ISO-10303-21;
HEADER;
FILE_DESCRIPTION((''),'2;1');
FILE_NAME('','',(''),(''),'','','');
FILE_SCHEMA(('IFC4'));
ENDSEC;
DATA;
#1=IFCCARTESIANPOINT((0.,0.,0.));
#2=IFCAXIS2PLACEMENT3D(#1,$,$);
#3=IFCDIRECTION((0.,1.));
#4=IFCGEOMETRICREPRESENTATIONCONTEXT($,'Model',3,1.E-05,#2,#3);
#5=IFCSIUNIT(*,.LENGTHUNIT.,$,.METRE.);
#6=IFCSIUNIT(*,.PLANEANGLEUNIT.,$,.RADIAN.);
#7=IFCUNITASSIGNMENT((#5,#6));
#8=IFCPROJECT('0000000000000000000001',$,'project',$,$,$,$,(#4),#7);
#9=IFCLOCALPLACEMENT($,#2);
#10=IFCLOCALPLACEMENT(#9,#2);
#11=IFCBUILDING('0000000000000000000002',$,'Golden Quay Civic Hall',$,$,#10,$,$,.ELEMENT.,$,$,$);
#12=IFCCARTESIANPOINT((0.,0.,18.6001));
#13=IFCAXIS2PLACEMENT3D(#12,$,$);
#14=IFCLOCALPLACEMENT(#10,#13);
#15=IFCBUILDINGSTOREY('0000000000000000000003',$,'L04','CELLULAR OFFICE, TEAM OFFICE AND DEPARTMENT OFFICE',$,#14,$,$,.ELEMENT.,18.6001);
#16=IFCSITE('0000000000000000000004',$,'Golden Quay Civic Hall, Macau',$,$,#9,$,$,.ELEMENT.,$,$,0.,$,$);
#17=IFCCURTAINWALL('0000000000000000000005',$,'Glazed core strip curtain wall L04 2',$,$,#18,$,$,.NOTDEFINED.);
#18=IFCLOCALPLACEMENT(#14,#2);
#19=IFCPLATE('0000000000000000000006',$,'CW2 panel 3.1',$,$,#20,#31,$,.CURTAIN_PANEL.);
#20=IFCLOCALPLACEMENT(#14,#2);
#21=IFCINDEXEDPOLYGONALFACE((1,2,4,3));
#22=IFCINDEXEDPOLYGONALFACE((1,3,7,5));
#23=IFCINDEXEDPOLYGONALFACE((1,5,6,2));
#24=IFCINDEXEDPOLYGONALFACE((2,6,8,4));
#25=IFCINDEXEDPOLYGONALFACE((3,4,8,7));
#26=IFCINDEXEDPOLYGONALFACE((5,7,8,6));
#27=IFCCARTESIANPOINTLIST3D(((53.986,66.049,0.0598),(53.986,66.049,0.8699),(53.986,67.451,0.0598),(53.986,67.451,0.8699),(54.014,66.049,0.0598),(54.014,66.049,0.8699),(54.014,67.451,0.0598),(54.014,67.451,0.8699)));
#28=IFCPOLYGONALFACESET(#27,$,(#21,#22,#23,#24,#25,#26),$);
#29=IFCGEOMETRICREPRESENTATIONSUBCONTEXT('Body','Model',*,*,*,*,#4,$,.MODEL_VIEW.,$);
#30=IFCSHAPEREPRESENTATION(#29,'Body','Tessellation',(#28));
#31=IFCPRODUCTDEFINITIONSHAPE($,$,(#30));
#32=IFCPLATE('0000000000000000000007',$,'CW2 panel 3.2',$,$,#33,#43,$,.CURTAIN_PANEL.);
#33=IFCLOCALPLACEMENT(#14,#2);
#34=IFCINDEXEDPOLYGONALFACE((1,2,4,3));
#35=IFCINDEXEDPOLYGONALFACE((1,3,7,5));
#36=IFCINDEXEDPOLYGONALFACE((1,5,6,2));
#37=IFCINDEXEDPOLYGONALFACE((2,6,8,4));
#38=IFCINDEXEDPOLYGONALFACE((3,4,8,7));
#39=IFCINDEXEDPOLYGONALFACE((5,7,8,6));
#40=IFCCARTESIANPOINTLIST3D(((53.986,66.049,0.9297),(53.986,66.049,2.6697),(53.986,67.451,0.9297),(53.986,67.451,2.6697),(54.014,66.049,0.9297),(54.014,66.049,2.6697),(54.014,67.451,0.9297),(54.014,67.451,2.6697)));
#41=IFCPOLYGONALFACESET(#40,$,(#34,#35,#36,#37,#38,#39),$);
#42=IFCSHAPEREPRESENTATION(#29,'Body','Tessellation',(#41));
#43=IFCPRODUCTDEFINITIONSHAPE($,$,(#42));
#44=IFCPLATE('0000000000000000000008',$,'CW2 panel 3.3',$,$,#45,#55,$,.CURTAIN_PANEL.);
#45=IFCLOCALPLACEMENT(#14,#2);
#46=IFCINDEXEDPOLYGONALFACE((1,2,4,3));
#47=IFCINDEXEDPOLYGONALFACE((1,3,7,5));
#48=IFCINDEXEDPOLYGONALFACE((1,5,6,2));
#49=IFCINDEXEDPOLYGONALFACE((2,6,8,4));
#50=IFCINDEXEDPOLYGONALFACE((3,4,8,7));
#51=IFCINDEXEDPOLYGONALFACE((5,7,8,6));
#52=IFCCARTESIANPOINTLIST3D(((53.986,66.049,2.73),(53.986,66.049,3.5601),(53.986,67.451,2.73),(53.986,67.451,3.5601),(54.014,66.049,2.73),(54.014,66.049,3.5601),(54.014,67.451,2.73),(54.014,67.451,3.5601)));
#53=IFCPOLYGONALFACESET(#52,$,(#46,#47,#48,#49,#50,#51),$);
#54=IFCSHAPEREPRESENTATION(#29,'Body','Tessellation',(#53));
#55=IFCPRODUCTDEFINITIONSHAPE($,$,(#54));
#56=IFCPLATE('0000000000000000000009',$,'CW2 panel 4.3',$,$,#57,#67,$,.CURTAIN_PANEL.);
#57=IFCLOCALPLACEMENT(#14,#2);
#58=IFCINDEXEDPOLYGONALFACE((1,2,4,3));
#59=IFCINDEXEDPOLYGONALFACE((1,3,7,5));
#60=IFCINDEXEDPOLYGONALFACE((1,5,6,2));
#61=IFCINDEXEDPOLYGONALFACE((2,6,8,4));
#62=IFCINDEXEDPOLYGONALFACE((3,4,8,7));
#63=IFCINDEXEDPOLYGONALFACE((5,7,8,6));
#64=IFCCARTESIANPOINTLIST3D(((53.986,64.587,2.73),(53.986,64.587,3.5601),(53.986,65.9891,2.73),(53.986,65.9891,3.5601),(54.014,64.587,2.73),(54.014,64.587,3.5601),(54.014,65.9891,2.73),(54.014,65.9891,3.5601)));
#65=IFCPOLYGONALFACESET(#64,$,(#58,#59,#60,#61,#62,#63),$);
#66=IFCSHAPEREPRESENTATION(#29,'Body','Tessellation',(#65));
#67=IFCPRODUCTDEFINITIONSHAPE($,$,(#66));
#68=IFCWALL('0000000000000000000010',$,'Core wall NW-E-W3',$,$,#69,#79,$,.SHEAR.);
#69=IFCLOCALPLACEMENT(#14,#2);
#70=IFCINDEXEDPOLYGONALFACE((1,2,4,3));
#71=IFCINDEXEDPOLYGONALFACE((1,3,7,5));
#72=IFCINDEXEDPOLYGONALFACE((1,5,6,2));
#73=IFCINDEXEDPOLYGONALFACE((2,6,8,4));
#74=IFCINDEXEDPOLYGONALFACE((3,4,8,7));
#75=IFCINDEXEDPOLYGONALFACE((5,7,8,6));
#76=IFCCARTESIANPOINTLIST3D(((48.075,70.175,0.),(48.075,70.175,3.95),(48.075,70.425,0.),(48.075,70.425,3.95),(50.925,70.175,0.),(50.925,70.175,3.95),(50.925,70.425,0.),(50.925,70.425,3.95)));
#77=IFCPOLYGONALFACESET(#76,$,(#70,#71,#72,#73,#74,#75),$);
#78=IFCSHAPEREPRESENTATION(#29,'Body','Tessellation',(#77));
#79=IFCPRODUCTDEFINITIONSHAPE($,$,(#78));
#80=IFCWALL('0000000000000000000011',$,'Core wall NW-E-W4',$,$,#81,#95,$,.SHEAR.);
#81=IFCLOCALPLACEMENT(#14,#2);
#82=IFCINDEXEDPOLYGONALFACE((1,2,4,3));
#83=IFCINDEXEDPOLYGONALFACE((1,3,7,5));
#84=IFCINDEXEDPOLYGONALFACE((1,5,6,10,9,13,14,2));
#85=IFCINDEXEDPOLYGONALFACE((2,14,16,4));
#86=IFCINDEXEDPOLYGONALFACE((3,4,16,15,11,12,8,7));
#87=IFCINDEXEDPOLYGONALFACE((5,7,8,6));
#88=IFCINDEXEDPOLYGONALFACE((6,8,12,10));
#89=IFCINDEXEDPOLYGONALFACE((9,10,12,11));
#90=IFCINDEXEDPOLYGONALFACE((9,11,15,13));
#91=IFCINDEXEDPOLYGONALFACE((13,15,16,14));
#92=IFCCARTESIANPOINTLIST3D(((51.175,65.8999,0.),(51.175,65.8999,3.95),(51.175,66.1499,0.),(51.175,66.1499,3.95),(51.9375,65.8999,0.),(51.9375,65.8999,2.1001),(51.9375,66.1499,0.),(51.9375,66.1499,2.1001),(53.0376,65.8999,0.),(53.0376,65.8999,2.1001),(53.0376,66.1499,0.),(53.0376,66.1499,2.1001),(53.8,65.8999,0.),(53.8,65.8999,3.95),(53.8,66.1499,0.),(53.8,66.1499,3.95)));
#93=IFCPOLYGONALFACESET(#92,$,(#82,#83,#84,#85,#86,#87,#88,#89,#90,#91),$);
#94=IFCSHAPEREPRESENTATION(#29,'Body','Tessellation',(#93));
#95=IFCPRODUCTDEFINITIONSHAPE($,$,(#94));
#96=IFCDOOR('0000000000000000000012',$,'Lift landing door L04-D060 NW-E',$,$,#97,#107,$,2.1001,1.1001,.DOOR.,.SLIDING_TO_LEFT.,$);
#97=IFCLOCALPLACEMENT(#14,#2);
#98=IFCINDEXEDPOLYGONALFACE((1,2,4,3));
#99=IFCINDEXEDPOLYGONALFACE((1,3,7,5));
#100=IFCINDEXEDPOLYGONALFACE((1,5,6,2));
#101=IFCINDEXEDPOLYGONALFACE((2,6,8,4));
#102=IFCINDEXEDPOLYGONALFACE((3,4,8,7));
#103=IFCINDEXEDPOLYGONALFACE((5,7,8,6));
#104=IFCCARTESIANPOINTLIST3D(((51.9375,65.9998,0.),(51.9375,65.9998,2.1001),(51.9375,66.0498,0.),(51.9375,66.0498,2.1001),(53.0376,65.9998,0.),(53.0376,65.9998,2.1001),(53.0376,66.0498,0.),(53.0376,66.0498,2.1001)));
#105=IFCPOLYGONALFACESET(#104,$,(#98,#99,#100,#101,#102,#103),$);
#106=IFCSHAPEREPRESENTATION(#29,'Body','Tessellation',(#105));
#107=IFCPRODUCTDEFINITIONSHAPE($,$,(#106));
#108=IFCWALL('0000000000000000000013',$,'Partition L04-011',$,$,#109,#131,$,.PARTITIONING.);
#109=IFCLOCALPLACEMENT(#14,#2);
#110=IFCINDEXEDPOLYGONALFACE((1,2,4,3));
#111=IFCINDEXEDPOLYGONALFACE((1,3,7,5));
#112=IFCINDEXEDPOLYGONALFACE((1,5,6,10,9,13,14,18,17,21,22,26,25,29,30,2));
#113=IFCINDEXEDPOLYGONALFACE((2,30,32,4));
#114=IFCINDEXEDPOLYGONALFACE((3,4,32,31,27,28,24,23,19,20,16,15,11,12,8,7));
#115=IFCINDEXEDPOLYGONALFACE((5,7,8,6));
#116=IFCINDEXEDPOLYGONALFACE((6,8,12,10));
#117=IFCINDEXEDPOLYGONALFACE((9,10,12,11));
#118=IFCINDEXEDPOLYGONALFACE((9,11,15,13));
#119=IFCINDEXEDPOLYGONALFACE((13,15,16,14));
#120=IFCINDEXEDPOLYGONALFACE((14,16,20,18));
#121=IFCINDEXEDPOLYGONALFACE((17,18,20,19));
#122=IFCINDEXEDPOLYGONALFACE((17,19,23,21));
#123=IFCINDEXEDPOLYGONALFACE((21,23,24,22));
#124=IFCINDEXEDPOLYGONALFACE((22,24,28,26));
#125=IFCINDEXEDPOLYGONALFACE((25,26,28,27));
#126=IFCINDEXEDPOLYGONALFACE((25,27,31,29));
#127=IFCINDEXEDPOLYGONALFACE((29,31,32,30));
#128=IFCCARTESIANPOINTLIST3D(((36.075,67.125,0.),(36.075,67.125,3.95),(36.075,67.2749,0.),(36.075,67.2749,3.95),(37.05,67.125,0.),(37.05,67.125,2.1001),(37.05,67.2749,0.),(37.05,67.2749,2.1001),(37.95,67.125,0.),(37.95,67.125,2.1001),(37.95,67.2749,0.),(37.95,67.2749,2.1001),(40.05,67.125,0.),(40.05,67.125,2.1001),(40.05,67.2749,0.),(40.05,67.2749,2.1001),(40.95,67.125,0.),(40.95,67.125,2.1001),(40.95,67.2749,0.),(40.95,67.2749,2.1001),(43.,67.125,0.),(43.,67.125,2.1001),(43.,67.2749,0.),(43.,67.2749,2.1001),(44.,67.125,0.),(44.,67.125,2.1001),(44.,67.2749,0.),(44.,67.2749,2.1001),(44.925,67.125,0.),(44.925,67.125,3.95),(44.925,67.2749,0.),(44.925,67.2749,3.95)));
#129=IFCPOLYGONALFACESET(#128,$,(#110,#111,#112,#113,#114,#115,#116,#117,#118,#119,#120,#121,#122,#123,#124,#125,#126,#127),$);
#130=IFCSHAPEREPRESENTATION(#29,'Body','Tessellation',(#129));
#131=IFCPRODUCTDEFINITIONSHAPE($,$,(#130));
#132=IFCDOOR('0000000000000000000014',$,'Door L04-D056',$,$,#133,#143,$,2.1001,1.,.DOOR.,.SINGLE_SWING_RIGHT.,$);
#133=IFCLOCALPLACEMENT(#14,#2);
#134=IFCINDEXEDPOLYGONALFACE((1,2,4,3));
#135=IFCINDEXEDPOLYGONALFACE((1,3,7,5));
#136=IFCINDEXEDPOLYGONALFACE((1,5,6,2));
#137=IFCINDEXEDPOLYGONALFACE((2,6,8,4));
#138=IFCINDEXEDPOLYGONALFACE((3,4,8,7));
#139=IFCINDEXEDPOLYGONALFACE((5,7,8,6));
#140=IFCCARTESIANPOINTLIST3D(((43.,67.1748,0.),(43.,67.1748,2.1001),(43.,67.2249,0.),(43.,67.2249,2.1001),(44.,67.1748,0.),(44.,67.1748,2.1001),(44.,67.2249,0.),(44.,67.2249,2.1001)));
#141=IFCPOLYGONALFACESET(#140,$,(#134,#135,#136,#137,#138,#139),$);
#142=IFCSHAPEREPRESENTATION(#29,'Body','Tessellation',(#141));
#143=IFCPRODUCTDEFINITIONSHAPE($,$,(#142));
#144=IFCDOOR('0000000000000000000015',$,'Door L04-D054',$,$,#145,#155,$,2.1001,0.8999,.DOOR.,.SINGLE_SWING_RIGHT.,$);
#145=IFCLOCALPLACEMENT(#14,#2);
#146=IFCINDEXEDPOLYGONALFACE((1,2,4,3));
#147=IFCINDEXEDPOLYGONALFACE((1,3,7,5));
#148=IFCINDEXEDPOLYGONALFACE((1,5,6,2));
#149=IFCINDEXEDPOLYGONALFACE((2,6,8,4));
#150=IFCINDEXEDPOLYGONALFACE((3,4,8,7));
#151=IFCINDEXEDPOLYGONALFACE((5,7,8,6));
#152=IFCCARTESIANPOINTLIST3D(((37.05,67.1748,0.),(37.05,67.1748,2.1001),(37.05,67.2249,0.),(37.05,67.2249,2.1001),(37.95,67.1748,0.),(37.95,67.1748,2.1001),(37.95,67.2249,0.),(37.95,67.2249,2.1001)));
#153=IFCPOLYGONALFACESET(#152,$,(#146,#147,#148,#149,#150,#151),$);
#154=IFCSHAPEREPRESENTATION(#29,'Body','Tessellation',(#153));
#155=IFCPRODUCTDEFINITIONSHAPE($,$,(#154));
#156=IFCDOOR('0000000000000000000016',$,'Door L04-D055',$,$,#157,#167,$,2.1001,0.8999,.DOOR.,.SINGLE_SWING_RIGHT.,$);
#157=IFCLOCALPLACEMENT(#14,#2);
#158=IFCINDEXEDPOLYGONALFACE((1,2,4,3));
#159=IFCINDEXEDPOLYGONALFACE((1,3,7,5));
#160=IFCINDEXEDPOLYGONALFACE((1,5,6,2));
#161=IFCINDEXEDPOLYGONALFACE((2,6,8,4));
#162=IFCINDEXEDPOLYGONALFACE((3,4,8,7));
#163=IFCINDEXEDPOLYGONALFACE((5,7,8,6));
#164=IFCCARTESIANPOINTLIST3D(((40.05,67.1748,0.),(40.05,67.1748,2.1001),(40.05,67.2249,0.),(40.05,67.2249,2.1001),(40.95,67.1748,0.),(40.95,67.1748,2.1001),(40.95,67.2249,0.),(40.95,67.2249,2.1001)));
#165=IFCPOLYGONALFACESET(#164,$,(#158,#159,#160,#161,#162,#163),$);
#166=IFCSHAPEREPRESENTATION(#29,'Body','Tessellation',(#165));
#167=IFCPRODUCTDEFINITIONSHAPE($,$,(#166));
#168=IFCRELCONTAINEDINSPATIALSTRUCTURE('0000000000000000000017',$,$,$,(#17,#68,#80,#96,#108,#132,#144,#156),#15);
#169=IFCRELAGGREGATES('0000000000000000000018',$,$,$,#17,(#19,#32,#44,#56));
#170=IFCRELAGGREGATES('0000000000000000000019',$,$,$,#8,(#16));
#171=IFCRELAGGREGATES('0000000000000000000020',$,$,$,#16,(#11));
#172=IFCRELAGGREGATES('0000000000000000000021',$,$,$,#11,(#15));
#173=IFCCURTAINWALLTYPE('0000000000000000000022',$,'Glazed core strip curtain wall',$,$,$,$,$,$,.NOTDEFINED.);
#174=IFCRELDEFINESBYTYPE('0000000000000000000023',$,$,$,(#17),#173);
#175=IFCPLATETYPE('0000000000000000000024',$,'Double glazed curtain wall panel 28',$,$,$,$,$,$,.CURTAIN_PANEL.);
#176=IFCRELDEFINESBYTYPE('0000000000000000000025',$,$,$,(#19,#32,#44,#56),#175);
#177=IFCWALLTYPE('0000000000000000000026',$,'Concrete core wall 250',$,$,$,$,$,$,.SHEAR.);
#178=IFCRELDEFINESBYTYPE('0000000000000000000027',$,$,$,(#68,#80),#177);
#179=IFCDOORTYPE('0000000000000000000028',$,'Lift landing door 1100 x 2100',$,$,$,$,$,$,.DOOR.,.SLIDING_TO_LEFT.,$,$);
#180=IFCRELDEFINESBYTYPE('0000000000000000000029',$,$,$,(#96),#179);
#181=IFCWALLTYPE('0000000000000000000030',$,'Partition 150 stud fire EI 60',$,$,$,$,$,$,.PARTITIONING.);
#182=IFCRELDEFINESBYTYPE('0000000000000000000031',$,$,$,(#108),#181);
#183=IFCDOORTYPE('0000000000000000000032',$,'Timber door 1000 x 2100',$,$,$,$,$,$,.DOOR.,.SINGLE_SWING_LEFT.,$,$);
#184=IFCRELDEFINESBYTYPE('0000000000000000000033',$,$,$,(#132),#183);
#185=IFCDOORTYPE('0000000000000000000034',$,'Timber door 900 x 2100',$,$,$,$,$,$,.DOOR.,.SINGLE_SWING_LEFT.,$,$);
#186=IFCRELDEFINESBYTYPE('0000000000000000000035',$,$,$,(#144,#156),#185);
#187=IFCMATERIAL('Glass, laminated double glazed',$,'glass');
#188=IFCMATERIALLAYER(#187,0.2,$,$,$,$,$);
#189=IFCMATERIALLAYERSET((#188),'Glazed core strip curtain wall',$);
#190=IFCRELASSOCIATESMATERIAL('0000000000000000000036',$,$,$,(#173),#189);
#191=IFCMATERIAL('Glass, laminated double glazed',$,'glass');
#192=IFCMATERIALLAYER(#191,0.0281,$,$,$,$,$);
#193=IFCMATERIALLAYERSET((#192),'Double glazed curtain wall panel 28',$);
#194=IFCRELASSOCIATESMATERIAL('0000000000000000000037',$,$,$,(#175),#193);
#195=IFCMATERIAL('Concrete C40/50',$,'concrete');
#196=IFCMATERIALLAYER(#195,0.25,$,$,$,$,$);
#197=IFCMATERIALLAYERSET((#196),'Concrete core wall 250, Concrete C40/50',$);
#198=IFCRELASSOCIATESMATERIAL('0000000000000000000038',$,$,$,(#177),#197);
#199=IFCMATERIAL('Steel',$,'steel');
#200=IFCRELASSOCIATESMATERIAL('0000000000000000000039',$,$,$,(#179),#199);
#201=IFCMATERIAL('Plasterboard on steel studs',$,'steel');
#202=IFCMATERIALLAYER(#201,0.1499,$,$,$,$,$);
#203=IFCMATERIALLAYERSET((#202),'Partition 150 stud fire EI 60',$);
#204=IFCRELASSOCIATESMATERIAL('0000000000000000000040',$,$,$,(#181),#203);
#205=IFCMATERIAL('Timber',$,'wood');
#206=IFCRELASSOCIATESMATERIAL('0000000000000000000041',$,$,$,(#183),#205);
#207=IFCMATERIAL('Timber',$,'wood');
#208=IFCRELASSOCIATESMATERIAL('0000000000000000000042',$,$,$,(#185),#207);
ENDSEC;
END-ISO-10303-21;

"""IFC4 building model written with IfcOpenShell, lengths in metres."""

from ifc_helpers import new_model, si_unit, direction, frame, frame_2d, origin, origin_2d, place, context, subcontext, project, spatial, rectangle, extrude, material, layer, layer_set, type_object, element, fill, aggregate, save


model = new_model("IFC4")

# Units and contexts
model_context = context("Model", 3, precision=1e-05, world=origin(), true_north=direction((0.0, 1.0)))
body_context = subcontext(model_context, "Body", "Model", "MODEL_VIEW")
ifc_project = project(units=[si_unit("LENGTHUNIT", "METRE"), si_unit("PLANEANGLEUNIT", "RADIAN")], contexts=[model_context])

# Site, building, storey
site_placement = place(None, origin())
site = spatial("IfcSite", under=ifc_project, at=site_placement, Name="Golden Quay Civic Hall, Macau", CompositionType="ELEMENT", RefElevation=0.0)
building_placement = place(site_placement, origin())
building = spatial("IfcBuilding", under=site, at=building_placement, Name="Golden Quay Civic Hall", CompositionType="ELEMENT")
storey_placement = place(building_placement, frame((0.0, 0.0, 18.6001)))
storey = spatial("IfcBuildingStorey", under=building, at=storey_placement, Name="L04", Description="CELLULAR OFFICE, TEAM OFFICE AND DEPARTMENT OFFICE", CompositionType="ELEMENT", Elevation=18.6001)

# Curtain wall
ifc_material_1 = material(Name="Glass, laminated double glazed", Category="glass")
ifc_layer_1 = layer(ifc_material_1, 0.2)
ifc_layer_set_1 = layer_set([ifc_layer_1], Name="Glazed core strip curtain wall")
curtain_wall_type = type_object("IfcCurtainWallType", Name="Glazed core strip curtain wall", PredefinedType="NOTDEFINED", material=ifc_layer_set_1)
curtain_wall_placement = place(storey_placement, origin())
curtain_wall = element("IfcCurtainWall", 1, at=curtain_wall_placement, inside=storey, type_object=curtain_wall_type, Name="Glazed core strip curtain wall L04 2", PredefinedType="NOTDEFINED")

# Plates
ifc_material_2 = material(Name="Glass, laminated double glazed", Category="glass")
ifc_layer_2 = layer(ifc_material_2, 0.0281)
ifc_layer_set_2 = layer_set([ifc_layer_2], Name="Double glazed curtain wall panel 28")
plate_type = type_object("IfcPlateType", Name="Double glazed curtain wall panel 28", PredefinedType="CURTAIN_PANEL", material=ifc_layer_set_2)
plate_1_placement = place(storey_placement, frame((54.0, 66.75, 0.0598), z_axis=(0.0, 0.0, 1.0), x_axis=(0.0, -1.0, 0.0)))
plate_1 = element("IfcPlate", 2, at=plate_1_placement, type_object=plate_type, Name="CW2 panel 3.1", PredefinedType="CURTAIN_PANEL", context=body_context, shape_type="SweptSolid", body=[
    extrude(rectangle(XDim=1.4021, YDim=0.0281, at=origin_2d()), origin(), (0.0, 0.0, 1.0), 0.8101),
])
plate_2_placement = place(storey_placement, frame((54.0, 66.75, 0.9297), z_axis=(0.0, 0.0, 1.0), x_axis=(0.0, -1.0, 0.0)))
plate_2 = element("IfcPlate", 3, at=plate_2_placement, type_object=plate_type, Name="CW2 panel 3.2", PredefinedType="CURTAIN_PANEL", context=body_context, shape_type="SweptSolid", body=[
    extrude(rectangle(XDim=1.4021, YDim=0.0281, at=origin_2d()), origin(), (0.0, 0.0, 1.0), 1.74),
])
plate_3_placement = place(storey_placement, frame((54.0, 66.75, 2.73), z_axis=(0.0, 0.0, 1.0), x_axis=(0.0, -1.0, 0.0)))
plate_3 = element("IfcPlate", 4, at=plate_3_placement, type_object=plate_type, Name="CW2 panel 3.3", PredefinedType="CURTAIN_PANEL", context=body_context, shape_type="SweptSolid", body=[
    extrude(rectangle(XDim=1.4021, YDim=0.0281, at=origin_2d()), origin(), (0.0, 0.0, 1.0), 0.8301),
])
plate_4_placement = place(storey_placement, frame((54.0, 65.2881, 2.73), z_axis=(0.0, 0.0, 1.0), x_axis=(0.0, -1.0, 0.0)))
plate_4 = element("IfcPlate", 5, at=plate_4_placement, type_object=plate_type, Name="CW2 panel 4.3", PredefinedType="CURTAIN_PANEL", context=body_context, shape_type="SweptSolid", body=[
    extrude(rectangle(XDim=1.4021, YDim=0.0281, at=origin_2d()), origin(), (0.0, 0.0, 1.0), 0.8301),
])
aggregate(curtain_wall, [plate_1, plate_2, plate_3, plate_4])

# Wall
ifc_material_3 = material(Name="Concrete C40/50", Category="concrete")
ifc_layer_3 = layer(ifc_material_3, 0.25)
ifc_layer_set_3 = layer_set([ifc_layer_3], Name="Concrete core wall 250, Concrete C40/50")
wall_type_1 = type_object("IfcWallType", Name="Concrete core wall 250", PredefinedType="SHEAR", material=ifc_layer_set_3)
wall_1_placement = place(storey_placement, frame((48.075, 70.3, 0.0), z_axis=(0.0, 0.0, 1.0), x_axis=(1.0, 0.0, 0.0)))
element("IfcWall", 6, at=wall_1_placement, inside=storey, type_object=wall_type_1, Name="Core wall NW-E-W3", PredefinedType="SHEAR", context=body_context, shape_type="SweptSolid", body=[
    extrude(rectangle(XDim=2.8501, YDim=0.25, at=frame_2d((1.425, 0.0))), origin(), (0.0, 0.0, 1.0), 3.95),
])

# Wall, opening, door
wall_2_placement = place(storey_placement, frame((51.175, 66.0249, 0.0), z_axis=(0.0, 0.0, 1.0), x_axis=(1.0, 0.0, 0.0)))
wall_2 = element("IfcWall", 7, at=wall_2_placement, inside=storey, type_object=wall_type_1, Name="Core wall NW-E-W4", PredefinedType="SHEAR", context=body_context, shape_type="SweptSolid", body=[
    extrude(rectangle(XDim=2.625, YDim=0.25, at=frame_2d((1.3125, 0.0))), origin(), (0.0, 0.0, 1.0), 3.95),
])
opening_1_placement = place(wall_2_placement, frame((0.7625, 0.0, 0.0)))
opening_1 = element("IfcOpeningElement", 8, at=opening_1_placement, cuts=wall_2, PredefinedType="OPENING", context=body_context, shape_type="SweptSolid", body=[
    extrude(rectangle(XDim=1.1001, YDim=2.1001, at=frame_2d((0.55, 1.05))), frame((0.0, 0.135, 0.0), z_axis=(0.0, -1.0, 0.0), x_axis=(1.0, 0.0, 0.0)), (0.0, 0.0, 1.0), 0.27),
])
ifc_material_4 = material(Name="Steel", Category="steel")
door_type_1 = type_object("IfcDoorType", Name="Lift landing door 1100 x 2100", OperationType="SLIDING_TO_LEFT", PredefinedType="DOOR", material=ifc_material_4)
door_1_placement = place(opening_1_placement, origin())
door_1 = element("IfcDoor", 9, at=door_1_placement, inside=storey, type_object=door_type_1, Name="Lift landing door L04-D060 NW-E", OperationType="SLIDING_TO_LEFT", OverallHeight=2.1001, OverallWidth=1.1001, PredefinedType="DOOR", context=body_context, shape_type="SweptSolid", body=[
    extrude(rectangle(XDim=1.1001, YDim=2.1001, at=frame_2d((0.55, 1.05))), frame((0.0, 0.0249, 0.0), z_axis=(0.0, -1.0, 0.0), x_axis=(1.0, 0.0, 0.0)), (0.0, 0.0, 1.0), 0.05),
])
fill(opening_1, door_1)

# Wall, openings, doors
ifc_material_5 = material(Name="Plasterboard on steel studs", Category="steel")
ifc_layer_4 = layer(ifc_material_5, 0.1499)
ifc_layer_set_4 = layer_set([ifc_layer_4], Name="Partition 150 stud fire EI 60")
wall_type_2 = type_object("IfcWallType", Name="Partition 150 stud fire EI 60", PredefinedType="PARTITIONING", material=ifc_layer_set_4)
wall_3_placement = place(storey_placement, frame((36.075, 67.2, 0.0), z_axis=(0.0, 0.0, 1.0), x_axis=(1.0, 0.0, 0.0)))
wall_3 = element("IfcWall", 10, at=wall_3_placement, inside=storey, type_object=wall_type_2, Name="Partition L04-011", PredefinedType="PARTITIONING", context=body_context, shape_type="SweptSolid", body=[
    extrude(rectangle(XDim=8.8501, YDim=0.1499, at=frame_2d((4.425, 0.0))), origin(), (0.0, 0.0, 1.0), 3.95),
])
opening_2_placement = place(wall_3_placement, frame((0.9751, 0.0, 0.0)))
opening_2 = element("IfcOpeningElement", 11, at=opening_2_placement, cuts=wall_3, PredefinedType="OPENING", context=body_context, shape_type="SweptSolid", body=[
    extrude(rectangle(XDim=0.8999, YDim=2.1001, at=frame_2d((0.45, 1.05))), frame((0.0, 0.085, 0.0), z_axis=(0.0, -1.0, 0.0), x_axis=(1.0, 0.0, 0.0)), (0.0, 0.0, 1.0), 0.1699),
])
opening_3_placement = place(wall_3_placement, frame((3.9751, 0.0, 0.0)))
opening_3 = element("IfcOpeningElement", 12, at=opening_3_placement, cuts=wall_3, PredefinedType="OPENING", context=body_context, shape_type="SweptSolid", body=[
    extrude(rectangle(XDim=0.8999, YDim=2.1001, at=frame_2d((0.45, 1.05))), frame((0.0, 0.085, 0.0), z_axis=(0.0, -1.0, 0.0), x_axis=(1.0, 0.0, 0.0)), (0.0, 0.0, 1.0), 0.1699),
])
opening_4_placement = place(wall_3_placement, frame((6.925, 0.0, 0.0)))
opening_4 = element("IfcOpeningElement", 13, at=opening_4_placement, cuts=wall_3, PredefinedType="OPENING", context=body_context, shape_type="SweptSolid", body=[
    extrude(rectangle(XDim=1.0, YDim=2.1001, at=frame_2d((0.5, 1.05))), frame((0.0, 0.085, 0.0), z_axis=(0.0, -1.0, 0.0), x_axis=(1.0, 0.0, 0.0)), (0.0, 0.0, 1.0), 0.1699),
])
ifc_material_6 = material(Name="Timber", Category="wood")
door_type_2 = type_object("IfcDoorType", Name="Timber door 1000 x 2100", OperationType="SINGLE_SWING_LEFT", PredefinedType="DOOR", material=ifc_material_6)
door_2_placement = place(opening_4_placement, frame((1.0, 0.0, 0.0), z_axis=(0.0, 0.0, 1.0), x_axis=(-1.0, 0.0, 0.0)))
door_2 = element("IfcDoor", 14, at=door_2_placement, inside=storey, type_object=door_type_2, Name="Door L04-D056", OperationType="SINGLE_SWING_RIGHT", OverallHeight=2.1001, OverallWidth=1.0, PredefinedType="DOOR", context=body_context, shape_type="SweptSolid", body=[
    extrude(rectangle(XDim=1.0, YDim=2.1001, at=frame_2d((0.5, 1.05))), frame((0.0, 0.0251, 0.0), z_axis=(0.0, -1.0, 0.0), x_axis=(1.0, 0.0, 0.0)), (0.0, 0.0, 1.0), 0.05),
])
fill(opening_4, door_2)
ifc_material_7 = material(Name="Timber", Category="wood")
door_type_3 = type_object("IfcDoorType", Name="Timber door 900 x 2100", OperationType="SINGLE_SWING_LEFT", PredefinedType="DOOR", material=ifc_material_7)
door_3_placement = place(opening_2_placement, frame((0.8999, 0.0, 0.0), z_axis=(0.0, 0.0, 1.0), x_axis=(-1.0, 0.0, 0.0)))
door_3 = element("IfcDoor", 15, at=door_3_placement, inside=storey, type_object=door_type_3, Name="Door L04-D054", OperationType="SINGLE_SWING_RIGHT", OverallHeight=2.1001, OverallWidth=0.8999, PredefinedType="DOOR", context=body_context, shape_type="SweptSolid", body=[
    extrude(rectangle(XDim=0.8999, YDim=2.1001, at=frame_2d((0.45, 1.05))), frame((0.0, 0.0251, 0.0), z_axis=(0.0, -1.0, 0.0), x_axis=(1.0, 0.0, 0.0)), (0.0, 0.0, 1.0), 0.05),
])
fill(opening_2, door_3)
door_4_placement = place(opening_3_placement, frame((0.8999, 0.0, 0.0), z_axis=(0.0, 0.0, 1.0), x_axis=(-1.0, 0.0, 0.0)))
door_4 = element("IfcDoor", 16, at=door_4_placement, inside=storey, type_object=door_type_3, Name="Door L04-D055", OperationType="SINGLE_SWING_RIGHT", OverallHeight=2.1001, OverallWidth=0.8999, PredefinedType="DOOR", context=body_context, shape_type="SweptSolid", body=[
    extrude(rectangle(XDim=0.8999, YDim=2.1001, at=frame_2d((0.45, 1.05))), frame((0.0, 0.0251, 0.0), z_axis=(0.0, -1.0, 0.0), x_axis=(1.0, 0.0, 0.0)), (0.0, 0.0, 1.0), 0.05),
])
fill(opening_3, door_4)

save(model, "model.ifc")
